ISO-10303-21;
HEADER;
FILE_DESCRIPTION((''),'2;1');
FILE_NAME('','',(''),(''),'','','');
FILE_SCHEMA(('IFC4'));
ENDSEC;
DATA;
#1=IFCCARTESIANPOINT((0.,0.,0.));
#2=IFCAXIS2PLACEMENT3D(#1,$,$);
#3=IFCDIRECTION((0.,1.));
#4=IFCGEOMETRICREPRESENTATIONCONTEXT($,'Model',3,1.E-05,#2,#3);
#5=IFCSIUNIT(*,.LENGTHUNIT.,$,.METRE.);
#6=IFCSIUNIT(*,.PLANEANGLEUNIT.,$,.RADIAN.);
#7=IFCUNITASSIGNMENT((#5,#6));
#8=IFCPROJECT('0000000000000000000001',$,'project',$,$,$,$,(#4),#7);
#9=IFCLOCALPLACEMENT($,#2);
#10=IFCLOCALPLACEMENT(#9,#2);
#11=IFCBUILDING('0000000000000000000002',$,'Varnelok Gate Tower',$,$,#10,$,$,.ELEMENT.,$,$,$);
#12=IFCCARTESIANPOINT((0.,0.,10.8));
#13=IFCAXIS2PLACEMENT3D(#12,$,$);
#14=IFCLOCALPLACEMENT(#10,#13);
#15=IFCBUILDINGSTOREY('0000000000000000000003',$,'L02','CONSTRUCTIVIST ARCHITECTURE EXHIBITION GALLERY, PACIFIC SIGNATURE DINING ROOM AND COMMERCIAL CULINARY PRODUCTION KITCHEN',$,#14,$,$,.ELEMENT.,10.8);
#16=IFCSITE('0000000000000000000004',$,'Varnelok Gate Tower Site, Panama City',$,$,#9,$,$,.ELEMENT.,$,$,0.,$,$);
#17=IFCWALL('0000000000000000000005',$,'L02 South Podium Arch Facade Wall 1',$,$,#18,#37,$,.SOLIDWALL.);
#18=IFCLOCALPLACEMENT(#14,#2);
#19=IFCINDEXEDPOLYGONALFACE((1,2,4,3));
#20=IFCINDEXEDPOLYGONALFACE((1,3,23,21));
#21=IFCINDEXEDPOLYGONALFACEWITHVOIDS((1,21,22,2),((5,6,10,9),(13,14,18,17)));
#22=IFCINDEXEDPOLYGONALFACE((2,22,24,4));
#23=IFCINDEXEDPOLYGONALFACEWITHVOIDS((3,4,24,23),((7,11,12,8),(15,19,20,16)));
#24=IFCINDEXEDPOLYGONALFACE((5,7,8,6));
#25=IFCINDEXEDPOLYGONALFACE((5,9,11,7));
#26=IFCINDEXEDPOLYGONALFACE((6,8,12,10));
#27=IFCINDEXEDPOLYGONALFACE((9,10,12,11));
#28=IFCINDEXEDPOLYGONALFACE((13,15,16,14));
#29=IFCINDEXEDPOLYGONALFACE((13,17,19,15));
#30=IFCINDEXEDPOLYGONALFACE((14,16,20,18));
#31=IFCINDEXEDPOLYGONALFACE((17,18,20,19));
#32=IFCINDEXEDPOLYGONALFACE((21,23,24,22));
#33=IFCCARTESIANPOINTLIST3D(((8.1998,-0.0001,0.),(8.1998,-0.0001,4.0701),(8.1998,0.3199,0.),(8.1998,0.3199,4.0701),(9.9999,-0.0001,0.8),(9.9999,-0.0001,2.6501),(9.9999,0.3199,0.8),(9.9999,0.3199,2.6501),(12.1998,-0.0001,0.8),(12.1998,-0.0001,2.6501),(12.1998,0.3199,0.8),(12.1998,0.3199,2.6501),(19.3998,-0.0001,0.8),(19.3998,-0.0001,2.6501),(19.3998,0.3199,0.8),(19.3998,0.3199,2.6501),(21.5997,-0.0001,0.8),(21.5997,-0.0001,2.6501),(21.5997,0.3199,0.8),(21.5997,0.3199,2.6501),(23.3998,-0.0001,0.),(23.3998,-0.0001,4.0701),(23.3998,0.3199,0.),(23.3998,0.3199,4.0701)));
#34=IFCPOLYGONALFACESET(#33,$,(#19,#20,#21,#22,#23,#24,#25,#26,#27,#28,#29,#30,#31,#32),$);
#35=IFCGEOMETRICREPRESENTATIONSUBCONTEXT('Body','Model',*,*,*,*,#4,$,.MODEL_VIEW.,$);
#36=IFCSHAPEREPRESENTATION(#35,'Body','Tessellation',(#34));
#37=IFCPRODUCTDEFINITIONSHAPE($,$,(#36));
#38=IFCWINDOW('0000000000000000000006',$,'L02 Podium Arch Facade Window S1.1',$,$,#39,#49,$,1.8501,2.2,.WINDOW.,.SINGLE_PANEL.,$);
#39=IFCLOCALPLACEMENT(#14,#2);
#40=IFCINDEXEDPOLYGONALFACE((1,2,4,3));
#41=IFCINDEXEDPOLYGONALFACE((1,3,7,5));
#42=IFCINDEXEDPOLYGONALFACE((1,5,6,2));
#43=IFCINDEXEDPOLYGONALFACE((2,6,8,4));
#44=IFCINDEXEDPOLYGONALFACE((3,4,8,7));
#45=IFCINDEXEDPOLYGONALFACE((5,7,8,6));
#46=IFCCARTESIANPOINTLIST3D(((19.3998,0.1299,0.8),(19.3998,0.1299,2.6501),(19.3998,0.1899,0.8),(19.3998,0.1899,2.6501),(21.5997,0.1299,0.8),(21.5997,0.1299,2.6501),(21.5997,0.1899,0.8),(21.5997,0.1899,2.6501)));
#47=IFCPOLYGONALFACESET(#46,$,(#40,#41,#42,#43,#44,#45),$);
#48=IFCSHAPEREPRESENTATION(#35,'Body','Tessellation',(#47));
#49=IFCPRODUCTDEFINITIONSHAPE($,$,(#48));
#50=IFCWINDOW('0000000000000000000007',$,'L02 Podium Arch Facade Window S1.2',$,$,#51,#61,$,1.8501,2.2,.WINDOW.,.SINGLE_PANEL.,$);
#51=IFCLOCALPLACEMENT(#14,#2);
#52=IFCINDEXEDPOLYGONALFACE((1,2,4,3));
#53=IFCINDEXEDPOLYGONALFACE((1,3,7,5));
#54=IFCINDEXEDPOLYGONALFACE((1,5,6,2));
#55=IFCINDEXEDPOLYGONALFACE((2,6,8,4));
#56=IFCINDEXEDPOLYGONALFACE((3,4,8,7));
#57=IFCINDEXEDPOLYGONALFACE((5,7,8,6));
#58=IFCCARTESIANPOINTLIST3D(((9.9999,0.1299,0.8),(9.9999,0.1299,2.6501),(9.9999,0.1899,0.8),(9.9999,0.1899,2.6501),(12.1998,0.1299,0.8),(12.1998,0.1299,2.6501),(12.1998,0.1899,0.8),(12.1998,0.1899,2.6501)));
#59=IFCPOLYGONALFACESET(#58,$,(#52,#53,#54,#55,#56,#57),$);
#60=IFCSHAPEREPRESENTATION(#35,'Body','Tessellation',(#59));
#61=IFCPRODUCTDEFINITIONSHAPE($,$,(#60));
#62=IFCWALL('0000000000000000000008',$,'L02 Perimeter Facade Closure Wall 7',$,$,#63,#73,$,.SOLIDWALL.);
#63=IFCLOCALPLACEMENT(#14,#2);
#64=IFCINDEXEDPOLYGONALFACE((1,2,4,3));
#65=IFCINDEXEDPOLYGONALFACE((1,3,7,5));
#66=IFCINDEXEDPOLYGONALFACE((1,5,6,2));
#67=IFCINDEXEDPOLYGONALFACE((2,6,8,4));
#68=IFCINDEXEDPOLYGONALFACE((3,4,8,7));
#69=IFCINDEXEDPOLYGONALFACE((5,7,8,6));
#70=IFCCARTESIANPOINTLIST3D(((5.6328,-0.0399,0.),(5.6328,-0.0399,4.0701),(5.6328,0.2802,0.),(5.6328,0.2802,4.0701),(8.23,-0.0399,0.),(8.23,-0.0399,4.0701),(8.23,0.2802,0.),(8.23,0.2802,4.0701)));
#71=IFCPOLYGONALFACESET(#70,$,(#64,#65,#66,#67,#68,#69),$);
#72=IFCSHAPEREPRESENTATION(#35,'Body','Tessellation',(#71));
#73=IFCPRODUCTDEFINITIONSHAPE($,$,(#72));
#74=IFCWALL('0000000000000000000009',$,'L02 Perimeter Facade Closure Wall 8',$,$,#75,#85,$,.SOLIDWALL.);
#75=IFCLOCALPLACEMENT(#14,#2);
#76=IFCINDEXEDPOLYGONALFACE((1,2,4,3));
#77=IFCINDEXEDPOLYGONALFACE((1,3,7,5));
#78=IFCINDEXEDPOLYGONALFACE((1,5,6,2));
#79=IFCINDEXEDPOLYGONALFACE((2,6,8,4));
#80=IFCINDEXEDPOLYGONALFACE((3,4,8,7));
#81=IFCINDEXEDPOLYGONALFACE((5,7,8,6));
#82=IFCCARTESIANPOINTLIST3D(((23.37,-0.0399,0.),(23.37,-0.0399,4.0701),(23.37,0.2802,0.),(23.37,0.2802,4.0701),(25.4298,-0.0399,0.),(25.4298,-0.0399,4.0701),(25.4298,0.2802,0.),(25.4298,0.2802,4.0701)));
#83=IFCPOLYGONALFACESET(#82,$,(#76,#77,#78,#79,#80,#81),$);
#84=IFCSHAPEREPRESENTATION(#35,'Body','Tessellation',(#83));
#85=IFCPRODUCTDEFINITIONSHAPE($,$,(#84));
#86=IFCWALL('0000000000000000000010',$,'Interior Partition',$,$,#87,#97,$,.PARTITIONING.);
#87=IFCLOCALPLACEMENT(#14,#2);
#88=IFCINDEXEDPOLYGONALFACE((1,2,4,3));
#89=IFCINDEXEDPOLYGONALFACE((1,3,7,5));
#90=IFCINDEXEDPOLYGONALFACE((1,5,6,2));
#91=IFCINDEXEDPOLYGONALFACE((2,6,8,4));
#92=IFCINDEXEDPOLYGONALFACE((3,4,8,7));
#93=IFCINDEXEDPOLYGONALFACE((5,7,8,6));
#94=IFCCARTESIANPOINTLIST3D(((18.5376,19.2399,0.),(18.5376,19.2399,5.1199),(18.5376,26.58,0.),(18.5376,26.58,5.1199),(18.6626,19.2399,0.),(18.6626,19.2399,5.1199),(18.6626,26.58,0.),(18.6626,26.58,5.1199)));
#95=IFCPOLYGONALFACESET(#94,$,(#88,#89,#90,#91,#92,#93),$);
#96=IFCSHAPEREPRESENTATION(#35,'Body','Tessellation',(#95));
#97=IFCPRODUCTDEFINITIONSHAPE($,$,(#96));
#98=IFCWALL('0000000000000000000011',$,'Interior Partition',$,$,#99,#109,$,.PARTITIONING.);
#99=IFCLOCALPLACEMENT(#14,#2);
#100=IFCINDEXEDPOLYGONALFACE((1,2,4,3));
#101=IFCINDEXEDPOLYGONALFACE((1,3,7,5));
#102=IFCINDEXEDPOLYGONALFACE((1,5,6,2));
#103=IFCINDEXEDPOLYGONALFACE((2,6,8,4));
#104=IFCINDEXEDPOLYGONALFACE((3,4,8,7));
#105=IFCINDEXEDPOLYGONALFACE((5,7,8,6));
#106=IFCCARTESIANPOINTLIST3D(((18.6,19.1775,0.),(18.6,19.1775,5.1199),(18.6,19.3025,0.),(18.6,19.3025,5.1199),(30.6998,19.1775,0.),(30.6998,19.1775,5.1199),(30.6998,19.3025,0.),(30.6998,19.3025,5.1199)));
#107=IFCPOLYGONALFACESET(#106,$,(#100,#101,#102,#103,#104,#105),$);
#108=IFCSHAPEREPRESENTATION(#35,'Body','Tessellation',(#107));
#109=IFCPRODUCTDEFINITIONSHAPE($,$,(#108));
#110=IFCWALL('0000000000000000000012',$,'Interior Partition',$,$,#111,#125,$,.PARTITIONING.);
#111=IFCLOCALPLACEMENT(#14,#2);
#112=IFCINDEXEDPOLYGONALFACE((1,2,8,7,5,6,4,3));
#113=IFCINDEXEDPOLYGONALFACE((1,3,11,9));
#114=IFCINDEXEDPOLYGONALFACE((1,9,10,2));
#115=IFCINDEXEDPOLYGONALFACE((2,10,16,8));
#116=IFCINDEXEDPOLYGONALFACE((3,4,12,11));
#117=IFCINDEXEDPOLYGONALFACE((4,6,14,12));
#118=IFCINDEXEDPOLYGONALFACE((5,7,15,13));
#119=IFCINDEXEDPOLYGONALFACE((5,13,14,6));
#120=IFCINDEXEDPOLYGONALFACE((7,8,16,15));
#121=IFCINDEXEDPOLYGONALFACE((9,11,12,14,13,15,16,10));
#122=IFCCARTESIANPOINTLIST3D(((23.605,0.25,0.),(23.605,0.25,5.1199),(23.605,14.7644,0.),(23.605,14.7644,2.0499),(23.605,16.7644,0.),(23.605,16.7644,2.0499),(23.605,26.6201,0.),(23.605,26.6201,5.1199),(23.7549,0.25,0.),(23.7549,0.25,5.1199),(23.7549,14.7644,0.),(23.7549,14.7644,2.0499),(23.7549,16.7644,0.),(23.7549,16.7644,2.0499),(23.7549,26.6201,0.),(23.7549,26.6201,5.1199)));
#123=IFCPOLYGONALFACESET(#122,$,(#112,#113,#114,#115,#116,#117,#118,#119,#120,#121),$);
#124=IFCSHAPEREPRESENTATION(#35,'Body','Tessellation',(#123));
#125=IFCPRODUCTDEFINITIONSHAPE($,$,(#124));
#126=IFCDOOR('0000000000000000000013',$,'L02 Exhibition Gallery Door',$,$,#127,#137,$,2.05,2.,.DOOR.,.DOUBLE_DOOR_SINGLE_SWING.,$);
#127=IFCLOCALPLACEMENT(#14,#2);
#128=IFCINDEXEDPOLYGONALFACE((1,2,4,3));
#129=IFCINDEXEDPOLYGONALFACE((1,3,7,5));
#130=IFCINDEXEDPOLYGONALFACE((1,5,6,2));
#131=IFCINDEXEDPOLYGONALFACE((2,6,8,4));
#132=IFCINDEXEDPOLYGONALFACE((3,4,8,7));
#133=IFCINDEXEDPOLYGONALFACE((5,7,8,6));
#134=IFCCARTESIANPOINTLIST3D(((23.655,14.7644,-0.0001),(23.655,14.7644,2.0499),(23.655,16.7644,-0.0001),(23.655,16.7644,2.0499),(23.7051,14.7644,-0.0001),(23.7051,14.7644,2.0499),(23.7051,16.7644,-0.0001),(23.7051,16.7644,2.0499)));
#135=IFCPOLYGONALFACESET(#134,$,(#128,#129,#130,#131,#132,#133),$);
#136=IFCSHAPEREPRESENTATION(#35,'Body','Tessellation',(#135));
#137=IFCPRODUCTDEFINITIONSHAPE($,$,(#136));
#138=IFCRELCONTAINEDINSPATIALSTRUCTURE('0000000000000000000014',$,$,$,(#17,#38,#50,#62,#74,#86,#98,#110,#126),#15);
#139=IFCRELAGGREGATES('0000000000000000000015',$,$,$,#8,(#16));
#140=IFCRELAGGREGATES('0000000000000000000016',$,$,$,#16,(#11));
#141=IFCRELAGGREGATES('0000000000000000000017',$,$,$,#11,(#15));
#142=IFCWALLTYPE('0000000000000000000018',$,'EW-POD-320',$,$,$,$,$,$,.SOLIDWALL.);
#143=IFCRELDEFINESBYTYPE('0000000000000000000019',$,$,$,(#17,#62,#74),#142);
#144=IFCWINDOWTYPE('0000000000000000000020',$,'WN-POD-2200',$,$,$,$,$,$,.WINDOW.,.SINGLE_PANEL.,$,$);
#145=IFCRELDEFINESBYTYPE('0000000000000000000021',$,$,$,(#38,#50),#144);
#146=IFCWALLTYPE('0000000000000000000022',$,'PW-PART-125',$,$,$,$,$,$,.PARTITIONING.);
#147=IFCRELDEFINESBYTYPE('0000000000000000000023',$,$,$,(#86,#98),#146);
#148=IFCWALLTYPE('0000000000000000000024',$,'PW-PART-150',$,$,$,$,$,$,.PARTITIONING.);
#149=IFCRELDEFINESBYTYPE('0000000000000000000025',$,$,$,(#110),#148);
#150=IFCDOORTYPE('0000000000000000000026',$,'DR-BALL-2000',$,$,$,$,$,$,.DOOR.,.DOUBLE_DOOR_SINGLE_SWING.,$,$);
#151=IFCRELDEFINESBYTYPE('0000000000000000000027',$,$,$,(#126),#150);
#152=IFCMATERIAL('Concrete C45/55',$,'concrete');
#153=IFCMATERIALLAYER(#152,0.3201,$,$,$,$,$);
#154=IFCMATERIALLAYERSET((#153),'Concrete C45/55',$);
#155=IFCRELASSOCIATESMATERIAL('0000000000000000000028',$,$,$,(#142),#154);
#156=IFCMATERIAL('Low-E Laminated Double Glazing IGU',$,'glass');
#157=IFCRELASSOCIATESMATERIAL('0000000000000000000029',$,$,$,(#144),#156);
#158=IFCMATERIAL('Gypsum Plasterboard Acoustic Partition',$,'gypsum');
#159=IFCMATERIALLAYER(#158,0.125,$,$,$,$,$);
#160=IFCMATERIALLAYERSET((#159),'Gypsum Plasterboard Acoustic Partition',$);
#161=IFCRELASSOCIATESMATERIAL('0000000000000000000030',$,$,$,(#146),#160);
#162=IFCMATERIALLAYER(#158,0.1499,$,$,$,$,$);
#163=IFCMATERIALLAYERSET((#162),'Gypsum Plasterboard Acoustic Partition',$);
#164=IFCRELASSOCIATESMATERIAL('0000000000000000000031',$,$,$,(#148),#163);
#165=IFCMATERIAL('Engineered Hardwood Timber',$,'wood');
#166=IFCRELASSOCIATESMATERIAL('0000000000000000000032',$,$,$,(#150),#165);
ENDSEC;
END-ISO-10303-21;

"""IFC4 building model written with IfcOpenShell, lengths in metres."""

from ifc_helpers import new_model, si_unit, direction, frame, frame_2d, origin, place, context, subcontext, project, spatial, rectangle, extrude, material, layer, layer_set, type_object, element, fill, save


model = new_model("IFC4")

# Units and contexts
model_context = context("Model", 3, precision=1e-05, world=origin(), true_north=direction((0.0, 1.0)))
body_context = subcontext(model_context, "Body", "Model", "MODEL_VIEW")
ifc_project = project(units=[si_unit("LENGTHUNIT", "METRE"), si_unit("PLANEANGLEUNIT", "RADIAN")], contexts=[model_context])

# Site, building, storey
site_placement = place(None, origin())
site = spatial("IfcSite", under=ifc_project, at=site_placement, Name="Varnelok Gate Tower Site, Panama City", CompositionType="ELEMENT", RefElevation=0.0)
building_placement = place(site_placement, origin())
building = spatial("IfcBuilding", under=site, at=building_placement, Name="Varnelok Gate Tower", CompositionType="ELEMENT")
storey_placement = place(building_placement, frame((0.0, 0.0, 10.8)))
storey = spatial("IfcBuildingStorey", under=building, at=storey_placement, Name="L02", Description="CONSTRUCTIVIST ARCHITECTURE EXHIBITION GALLERY, PACIFIC SIGNATURE DINING ROOM AND COMMERCIAL CULINARY PRODUCTION KITCHEN", CompositionType="ELEMENT", Elevation=10.8)

# Wall, openings, windows
ifc_material_1 = material(Name="Concrete C45/55", Category="concrete")
ifc_layer_1 = layer(ifc_material_1, 0.3201)
ifc_layer_set_1 = layer_set([ifc_layer_1], Name="Concrete C45/55")
wall_type_1 = type_object("IfcWallType", Name="EW-POD-320", PredefinedType="SOLIDWALL", material=ifc_layer_set_1)
wall_1_placement = place(storey_placement, frame((23.3999, 0.1599, 0.0), z_axis=(0.0, 0.0, 1.0), x_axis=(-1.0, 0.0, 0.0)))
wall_1 = element("IfcWall", 1, at=wall_1_placement, inside=storey, type_object=wall_type_1, Name="L02 South Podium Arch Facade Wall 1", PredefinedType="SOLIDWALL", context=body_context, shape_type="SweptSolid", body=[
    extrude(rectangle(XDim=15.2, YDim=0.3201, at=frame_2d((7.6001, 0.0))), origin(), (0.0, 0.0, 1.0), 4.0701),
])
opening_1_placement = place(wall_1_placement, frame((1.8, 0.0, 0.8)))
opening_1 = element("IfcOpeningElement", 2, at=opening_1_placement, cuts=wall_1, PredefinedType="OPENING", context=body_context, shape_type="SweptSolid", body=[
    extrude(rectangle(XDim=2.2, YDim=1.8501, at=frame_2d((1.1001, 0.925))), frame((0.0, 0.1699, 0.0), z_axis=(0.0, -1.0, 0.0), x_axis=(1.0, 0.0, 0.0)), (0.0, 0.0, 1.0), 0.3401),
])
opening_2_placement = place(wall_1_placement, frame((11.2, 0.0, 0.8)))
opening_2 = element("IfcOpeningElement", 3, at=opening_2_placement, cuts=wall_1, PredefinedType="OPENING", context=body_context, shape_type="SweptSolid", body=[
    extrude(rectangle(XDim=2.2, YDim=1.8501, at=frame_2d((1.1001, 0.925))), frame((0.0, 0.1699, 0.0), z_axis=(0.0, -1.0, 0.0), x_axis=(1.0, 0.0, 0.0)), (0.0, 0.0, 1.0), 0.3401),
])
ifc_material_2 = material(Name="Low-E Laminated Double Glazing IGU", Category="glass")
window_type = type_object("IfcWindowType", Name="WN-POD-2200", PartitioningType="SINGLE_PANEL", PredefinedType="WINDOW", material=ifc_material_2)
window_1_placement = place(opening_1_placement, origin())
window_1 = element("IfcWindow", 4, at=window_1_placement, inside=storey, type_object=window_type, Name="L02 Podium Arch Facade Window S1.1", OverallHeight=1.8501, OverallWidth=2.2, PartitioningType="SINGLE_PANEL", PredefinedType="WINDOW", context=body_context, shape_type="SweptSolid", body=[
    extrude(rectangle(XDim=2.2, YDim=1.8501, at=frame_2d((1.1001, 0.925))), frame((0.0, 0.03, 0.0), z_axis=(0.0, -1.0, 0.0), x_axis=(1.0, 0.0, 0.0)), (0.0, 0.0, 1.0), 0.0601),
])
fill(opening_1, window_1)
window_2_placement = place(opening_2_placement, origin())
window_2 = element("IfcWindow", 5, at=window_2_placement, inside=storey, type_object=window_type, Name="L02 Podium Arch Facade Window S1.2", OverallHeight=1.8501, OverallWidth=2.2, PartitioningType="SINGLE_PANEL", PredefinedType="WINDOW", context=body_context, shape_type="SweptSolid", body=[
    extrude(rectangle(XDim=2.2, YDim=1.8501, at=frame_2d((1.1001, 0.925))), frame((0.0, 0.03, 0.0), z_axis=(0.0, -1.0, 0.0), x_axis=(1.0, 0.0, 0.0)), (0.0, 0.0, 1.0), 0.0601),
])
fill(opening_2, window_2)

# Walls
wall_2_placement = place(storey_placement, frame((5.6328, 0.1201, 0.0), z_axis=(0.0, 0.0, 1.0), x_axis=(1.0, 0.0, 0.0)))
element("IfcWall", 6, at=wall_2_placement, inside=storey, type_object=wall_type_1, Name="L02 Perimeter Facade Closure Wall 7", PredefinedType="SOLIDWALL", context=body_context, shape_type="SweptSolid", body=[
    extrude(rectangle(XDim=2.5972, YDim=0.3201, at=frame_2d((1.2986, 0.0))), origin(), (0.0, 0.0, 1.0), 4.0701),
])
wall_3_placement = place(storey_placement, frame((23.3701, 0.1201, 0.0), z_axis=(0.0, 0.0, 1.0), x_axis=(1.0, 0.0, 0.0)))
element("IfcWall", 7, at=wall_3_placement, inside=storey, type_object=wall_type_1, Name="L02 Perimeter Facade Closure Wall 8", PredefinedType="SOLIDWALL", context=body_context, shape_type="SweptSolid", body=[
    extrude(rectangle(XDim=2.0598, YDim=0.3201, at=frame_2d((1.0298, 0.0))), origin(), (0.0, 0.0, 1.0), 4.0701),
])
ifc_material_3 = material(Name="Gypsum Plasterboard Acoustic Partition", Category="gypsum")
ifc_layer_2 = layer(ifc_material_3, 0.125)
ifc_layer_set_2 = layer_set([ifc_layer_2], Name="Gypsum Plasterboard Acoustic Partition")
wall_type_2 = type_object("IfcWallType", Name="PW-PART-125", PredefinedType="PARTITIONING", material=ifc_layer_set_2)
wall_4_placement = place(storey_placement, frame((18.6001, 19.24, 0.0), z_axis=(0.0, 0.0, 1.0), x_axis=(0.0, 1.0, 0.0)))
element("IfcWall", 8, at=wall_4_placement, inside=storey, type_object=wall_type_2, Name="Interior Partition", PredefinedType="PARTITIONING", context=body_context, shape_type="SweptSolid", body=[
    extrude(rectangle(XDim=7.3401, YDim=0.125, at=frame_2d((3.6699, 0.0))), origin(), (0.0, 0.0, 1.0), 5.1199),
])
wall_5_placement = place(storey_placement, frame((18.6001, 19.24, 0.0), z_axis=(0.0, 0.0, 1.0), x_axis=(1.0, 0.0, 0.0)))
element("IfcWall", 9, at=wall_5_placement, inside=storey, type_object=wall_type_2, Name="Interior Partition", PredefinedType="PARTITIONING", context=body_context, shape_type="SweptSolid", body=[
    extrude(rectangle(XDim=12.0999, YDim=0.125, at=frame_2d((6.0498, 0.0))), origin(), (0.0, 0.0, 1.0), 5.1199),
])

# Wall, opening, door
ifc_layer_3 = layer(ifc_material_3, 0.1499)
ifc_layer_set_3 = layer_set([ifc_layer_3], Name="Gypsum Plasterboard Acoustic Partition")
wall_type_3 = type_object("IfcWallType", Name="PW-PART-150", PredefinedType="PARTITIONING", material=ifc_layer_set_3)
wall_6_placement = place(storey_placement, frame((23.6799, 0.25, 0.0), z_axis=(0.0, 0.0, 1.0), x_axis=(0.0, 1.0, 0.0)))
wall_6 = element("IfcWall", 10, at=wall_6_placement, inside=storey, type_object=wall_type_3, Name="Interior Partition", PredefinedType="PARTITIONING", context=body_context, shape_type="SweptSolid", body=[
    extrude(rectangle(XDim=26.3701, YDim=0.1499, at=frame_2d((13.1851, 0.0))), origin(), (0.0, 0.0, 1.0), 5.1199),
])
opening_3_placement = place(wall_6_placement, frame((14.5144, 0.0, 0.0)))
opening_3 = element("IfcOpeningElement", 11, at=opening_3_placement, cuts=wall_6, PredefinedType="OPENING", context=body_context, shape_type="SweptSolid", body=[
    extrude(rectangle(XDim=2.0, YDim=2.05, at=frame_2d((1.0, 1.0249))), frame((0.0, 0.085, 0.0), z_axis=(0.0, -1.0, 0.0), x_axis=(1.0, 0.0, 0.0)), (0.0, 0.0, 1.0), 0.1699),
])
ifc_material_4 = material(Name="Engineered Hardwood Timber", Category="wood")
door_type = type_object("IfcDoorType", Name="DR-BALL-2000", OperationType="DOUBLE_DOOR_SINGLE_SWING", PredefinedType="DOOR", material=ifc_material_4)
door_placement = place(opening_3_placement, origin())
door = element("IfcDoor", 12, at=door_placement, inside=storey, type_object=door_type, Name="L02 Exhibition Gallery Door", OperationType="DOUBLE_DOOR_SINGLE_SWING", OverallHeight=2.05, OverallWidth=2.0, PredefinedType="DOOR", context=body_context, shape_type="SweptSolid", body=[
    extrude(rectangle(XDim=2.0, YDim=2.05, at=frame_2d((1.0, 1.0249))), frame((0.0, 0.0249, 0.0), z_axis=(0.0, -1.0, 0.0), x_axis=(1.0, 0.0, 0.0)), (0.0, 0.0, 1.0), 0.05),
])
fill(opening_3, door)

save(model, "model.ifc")
